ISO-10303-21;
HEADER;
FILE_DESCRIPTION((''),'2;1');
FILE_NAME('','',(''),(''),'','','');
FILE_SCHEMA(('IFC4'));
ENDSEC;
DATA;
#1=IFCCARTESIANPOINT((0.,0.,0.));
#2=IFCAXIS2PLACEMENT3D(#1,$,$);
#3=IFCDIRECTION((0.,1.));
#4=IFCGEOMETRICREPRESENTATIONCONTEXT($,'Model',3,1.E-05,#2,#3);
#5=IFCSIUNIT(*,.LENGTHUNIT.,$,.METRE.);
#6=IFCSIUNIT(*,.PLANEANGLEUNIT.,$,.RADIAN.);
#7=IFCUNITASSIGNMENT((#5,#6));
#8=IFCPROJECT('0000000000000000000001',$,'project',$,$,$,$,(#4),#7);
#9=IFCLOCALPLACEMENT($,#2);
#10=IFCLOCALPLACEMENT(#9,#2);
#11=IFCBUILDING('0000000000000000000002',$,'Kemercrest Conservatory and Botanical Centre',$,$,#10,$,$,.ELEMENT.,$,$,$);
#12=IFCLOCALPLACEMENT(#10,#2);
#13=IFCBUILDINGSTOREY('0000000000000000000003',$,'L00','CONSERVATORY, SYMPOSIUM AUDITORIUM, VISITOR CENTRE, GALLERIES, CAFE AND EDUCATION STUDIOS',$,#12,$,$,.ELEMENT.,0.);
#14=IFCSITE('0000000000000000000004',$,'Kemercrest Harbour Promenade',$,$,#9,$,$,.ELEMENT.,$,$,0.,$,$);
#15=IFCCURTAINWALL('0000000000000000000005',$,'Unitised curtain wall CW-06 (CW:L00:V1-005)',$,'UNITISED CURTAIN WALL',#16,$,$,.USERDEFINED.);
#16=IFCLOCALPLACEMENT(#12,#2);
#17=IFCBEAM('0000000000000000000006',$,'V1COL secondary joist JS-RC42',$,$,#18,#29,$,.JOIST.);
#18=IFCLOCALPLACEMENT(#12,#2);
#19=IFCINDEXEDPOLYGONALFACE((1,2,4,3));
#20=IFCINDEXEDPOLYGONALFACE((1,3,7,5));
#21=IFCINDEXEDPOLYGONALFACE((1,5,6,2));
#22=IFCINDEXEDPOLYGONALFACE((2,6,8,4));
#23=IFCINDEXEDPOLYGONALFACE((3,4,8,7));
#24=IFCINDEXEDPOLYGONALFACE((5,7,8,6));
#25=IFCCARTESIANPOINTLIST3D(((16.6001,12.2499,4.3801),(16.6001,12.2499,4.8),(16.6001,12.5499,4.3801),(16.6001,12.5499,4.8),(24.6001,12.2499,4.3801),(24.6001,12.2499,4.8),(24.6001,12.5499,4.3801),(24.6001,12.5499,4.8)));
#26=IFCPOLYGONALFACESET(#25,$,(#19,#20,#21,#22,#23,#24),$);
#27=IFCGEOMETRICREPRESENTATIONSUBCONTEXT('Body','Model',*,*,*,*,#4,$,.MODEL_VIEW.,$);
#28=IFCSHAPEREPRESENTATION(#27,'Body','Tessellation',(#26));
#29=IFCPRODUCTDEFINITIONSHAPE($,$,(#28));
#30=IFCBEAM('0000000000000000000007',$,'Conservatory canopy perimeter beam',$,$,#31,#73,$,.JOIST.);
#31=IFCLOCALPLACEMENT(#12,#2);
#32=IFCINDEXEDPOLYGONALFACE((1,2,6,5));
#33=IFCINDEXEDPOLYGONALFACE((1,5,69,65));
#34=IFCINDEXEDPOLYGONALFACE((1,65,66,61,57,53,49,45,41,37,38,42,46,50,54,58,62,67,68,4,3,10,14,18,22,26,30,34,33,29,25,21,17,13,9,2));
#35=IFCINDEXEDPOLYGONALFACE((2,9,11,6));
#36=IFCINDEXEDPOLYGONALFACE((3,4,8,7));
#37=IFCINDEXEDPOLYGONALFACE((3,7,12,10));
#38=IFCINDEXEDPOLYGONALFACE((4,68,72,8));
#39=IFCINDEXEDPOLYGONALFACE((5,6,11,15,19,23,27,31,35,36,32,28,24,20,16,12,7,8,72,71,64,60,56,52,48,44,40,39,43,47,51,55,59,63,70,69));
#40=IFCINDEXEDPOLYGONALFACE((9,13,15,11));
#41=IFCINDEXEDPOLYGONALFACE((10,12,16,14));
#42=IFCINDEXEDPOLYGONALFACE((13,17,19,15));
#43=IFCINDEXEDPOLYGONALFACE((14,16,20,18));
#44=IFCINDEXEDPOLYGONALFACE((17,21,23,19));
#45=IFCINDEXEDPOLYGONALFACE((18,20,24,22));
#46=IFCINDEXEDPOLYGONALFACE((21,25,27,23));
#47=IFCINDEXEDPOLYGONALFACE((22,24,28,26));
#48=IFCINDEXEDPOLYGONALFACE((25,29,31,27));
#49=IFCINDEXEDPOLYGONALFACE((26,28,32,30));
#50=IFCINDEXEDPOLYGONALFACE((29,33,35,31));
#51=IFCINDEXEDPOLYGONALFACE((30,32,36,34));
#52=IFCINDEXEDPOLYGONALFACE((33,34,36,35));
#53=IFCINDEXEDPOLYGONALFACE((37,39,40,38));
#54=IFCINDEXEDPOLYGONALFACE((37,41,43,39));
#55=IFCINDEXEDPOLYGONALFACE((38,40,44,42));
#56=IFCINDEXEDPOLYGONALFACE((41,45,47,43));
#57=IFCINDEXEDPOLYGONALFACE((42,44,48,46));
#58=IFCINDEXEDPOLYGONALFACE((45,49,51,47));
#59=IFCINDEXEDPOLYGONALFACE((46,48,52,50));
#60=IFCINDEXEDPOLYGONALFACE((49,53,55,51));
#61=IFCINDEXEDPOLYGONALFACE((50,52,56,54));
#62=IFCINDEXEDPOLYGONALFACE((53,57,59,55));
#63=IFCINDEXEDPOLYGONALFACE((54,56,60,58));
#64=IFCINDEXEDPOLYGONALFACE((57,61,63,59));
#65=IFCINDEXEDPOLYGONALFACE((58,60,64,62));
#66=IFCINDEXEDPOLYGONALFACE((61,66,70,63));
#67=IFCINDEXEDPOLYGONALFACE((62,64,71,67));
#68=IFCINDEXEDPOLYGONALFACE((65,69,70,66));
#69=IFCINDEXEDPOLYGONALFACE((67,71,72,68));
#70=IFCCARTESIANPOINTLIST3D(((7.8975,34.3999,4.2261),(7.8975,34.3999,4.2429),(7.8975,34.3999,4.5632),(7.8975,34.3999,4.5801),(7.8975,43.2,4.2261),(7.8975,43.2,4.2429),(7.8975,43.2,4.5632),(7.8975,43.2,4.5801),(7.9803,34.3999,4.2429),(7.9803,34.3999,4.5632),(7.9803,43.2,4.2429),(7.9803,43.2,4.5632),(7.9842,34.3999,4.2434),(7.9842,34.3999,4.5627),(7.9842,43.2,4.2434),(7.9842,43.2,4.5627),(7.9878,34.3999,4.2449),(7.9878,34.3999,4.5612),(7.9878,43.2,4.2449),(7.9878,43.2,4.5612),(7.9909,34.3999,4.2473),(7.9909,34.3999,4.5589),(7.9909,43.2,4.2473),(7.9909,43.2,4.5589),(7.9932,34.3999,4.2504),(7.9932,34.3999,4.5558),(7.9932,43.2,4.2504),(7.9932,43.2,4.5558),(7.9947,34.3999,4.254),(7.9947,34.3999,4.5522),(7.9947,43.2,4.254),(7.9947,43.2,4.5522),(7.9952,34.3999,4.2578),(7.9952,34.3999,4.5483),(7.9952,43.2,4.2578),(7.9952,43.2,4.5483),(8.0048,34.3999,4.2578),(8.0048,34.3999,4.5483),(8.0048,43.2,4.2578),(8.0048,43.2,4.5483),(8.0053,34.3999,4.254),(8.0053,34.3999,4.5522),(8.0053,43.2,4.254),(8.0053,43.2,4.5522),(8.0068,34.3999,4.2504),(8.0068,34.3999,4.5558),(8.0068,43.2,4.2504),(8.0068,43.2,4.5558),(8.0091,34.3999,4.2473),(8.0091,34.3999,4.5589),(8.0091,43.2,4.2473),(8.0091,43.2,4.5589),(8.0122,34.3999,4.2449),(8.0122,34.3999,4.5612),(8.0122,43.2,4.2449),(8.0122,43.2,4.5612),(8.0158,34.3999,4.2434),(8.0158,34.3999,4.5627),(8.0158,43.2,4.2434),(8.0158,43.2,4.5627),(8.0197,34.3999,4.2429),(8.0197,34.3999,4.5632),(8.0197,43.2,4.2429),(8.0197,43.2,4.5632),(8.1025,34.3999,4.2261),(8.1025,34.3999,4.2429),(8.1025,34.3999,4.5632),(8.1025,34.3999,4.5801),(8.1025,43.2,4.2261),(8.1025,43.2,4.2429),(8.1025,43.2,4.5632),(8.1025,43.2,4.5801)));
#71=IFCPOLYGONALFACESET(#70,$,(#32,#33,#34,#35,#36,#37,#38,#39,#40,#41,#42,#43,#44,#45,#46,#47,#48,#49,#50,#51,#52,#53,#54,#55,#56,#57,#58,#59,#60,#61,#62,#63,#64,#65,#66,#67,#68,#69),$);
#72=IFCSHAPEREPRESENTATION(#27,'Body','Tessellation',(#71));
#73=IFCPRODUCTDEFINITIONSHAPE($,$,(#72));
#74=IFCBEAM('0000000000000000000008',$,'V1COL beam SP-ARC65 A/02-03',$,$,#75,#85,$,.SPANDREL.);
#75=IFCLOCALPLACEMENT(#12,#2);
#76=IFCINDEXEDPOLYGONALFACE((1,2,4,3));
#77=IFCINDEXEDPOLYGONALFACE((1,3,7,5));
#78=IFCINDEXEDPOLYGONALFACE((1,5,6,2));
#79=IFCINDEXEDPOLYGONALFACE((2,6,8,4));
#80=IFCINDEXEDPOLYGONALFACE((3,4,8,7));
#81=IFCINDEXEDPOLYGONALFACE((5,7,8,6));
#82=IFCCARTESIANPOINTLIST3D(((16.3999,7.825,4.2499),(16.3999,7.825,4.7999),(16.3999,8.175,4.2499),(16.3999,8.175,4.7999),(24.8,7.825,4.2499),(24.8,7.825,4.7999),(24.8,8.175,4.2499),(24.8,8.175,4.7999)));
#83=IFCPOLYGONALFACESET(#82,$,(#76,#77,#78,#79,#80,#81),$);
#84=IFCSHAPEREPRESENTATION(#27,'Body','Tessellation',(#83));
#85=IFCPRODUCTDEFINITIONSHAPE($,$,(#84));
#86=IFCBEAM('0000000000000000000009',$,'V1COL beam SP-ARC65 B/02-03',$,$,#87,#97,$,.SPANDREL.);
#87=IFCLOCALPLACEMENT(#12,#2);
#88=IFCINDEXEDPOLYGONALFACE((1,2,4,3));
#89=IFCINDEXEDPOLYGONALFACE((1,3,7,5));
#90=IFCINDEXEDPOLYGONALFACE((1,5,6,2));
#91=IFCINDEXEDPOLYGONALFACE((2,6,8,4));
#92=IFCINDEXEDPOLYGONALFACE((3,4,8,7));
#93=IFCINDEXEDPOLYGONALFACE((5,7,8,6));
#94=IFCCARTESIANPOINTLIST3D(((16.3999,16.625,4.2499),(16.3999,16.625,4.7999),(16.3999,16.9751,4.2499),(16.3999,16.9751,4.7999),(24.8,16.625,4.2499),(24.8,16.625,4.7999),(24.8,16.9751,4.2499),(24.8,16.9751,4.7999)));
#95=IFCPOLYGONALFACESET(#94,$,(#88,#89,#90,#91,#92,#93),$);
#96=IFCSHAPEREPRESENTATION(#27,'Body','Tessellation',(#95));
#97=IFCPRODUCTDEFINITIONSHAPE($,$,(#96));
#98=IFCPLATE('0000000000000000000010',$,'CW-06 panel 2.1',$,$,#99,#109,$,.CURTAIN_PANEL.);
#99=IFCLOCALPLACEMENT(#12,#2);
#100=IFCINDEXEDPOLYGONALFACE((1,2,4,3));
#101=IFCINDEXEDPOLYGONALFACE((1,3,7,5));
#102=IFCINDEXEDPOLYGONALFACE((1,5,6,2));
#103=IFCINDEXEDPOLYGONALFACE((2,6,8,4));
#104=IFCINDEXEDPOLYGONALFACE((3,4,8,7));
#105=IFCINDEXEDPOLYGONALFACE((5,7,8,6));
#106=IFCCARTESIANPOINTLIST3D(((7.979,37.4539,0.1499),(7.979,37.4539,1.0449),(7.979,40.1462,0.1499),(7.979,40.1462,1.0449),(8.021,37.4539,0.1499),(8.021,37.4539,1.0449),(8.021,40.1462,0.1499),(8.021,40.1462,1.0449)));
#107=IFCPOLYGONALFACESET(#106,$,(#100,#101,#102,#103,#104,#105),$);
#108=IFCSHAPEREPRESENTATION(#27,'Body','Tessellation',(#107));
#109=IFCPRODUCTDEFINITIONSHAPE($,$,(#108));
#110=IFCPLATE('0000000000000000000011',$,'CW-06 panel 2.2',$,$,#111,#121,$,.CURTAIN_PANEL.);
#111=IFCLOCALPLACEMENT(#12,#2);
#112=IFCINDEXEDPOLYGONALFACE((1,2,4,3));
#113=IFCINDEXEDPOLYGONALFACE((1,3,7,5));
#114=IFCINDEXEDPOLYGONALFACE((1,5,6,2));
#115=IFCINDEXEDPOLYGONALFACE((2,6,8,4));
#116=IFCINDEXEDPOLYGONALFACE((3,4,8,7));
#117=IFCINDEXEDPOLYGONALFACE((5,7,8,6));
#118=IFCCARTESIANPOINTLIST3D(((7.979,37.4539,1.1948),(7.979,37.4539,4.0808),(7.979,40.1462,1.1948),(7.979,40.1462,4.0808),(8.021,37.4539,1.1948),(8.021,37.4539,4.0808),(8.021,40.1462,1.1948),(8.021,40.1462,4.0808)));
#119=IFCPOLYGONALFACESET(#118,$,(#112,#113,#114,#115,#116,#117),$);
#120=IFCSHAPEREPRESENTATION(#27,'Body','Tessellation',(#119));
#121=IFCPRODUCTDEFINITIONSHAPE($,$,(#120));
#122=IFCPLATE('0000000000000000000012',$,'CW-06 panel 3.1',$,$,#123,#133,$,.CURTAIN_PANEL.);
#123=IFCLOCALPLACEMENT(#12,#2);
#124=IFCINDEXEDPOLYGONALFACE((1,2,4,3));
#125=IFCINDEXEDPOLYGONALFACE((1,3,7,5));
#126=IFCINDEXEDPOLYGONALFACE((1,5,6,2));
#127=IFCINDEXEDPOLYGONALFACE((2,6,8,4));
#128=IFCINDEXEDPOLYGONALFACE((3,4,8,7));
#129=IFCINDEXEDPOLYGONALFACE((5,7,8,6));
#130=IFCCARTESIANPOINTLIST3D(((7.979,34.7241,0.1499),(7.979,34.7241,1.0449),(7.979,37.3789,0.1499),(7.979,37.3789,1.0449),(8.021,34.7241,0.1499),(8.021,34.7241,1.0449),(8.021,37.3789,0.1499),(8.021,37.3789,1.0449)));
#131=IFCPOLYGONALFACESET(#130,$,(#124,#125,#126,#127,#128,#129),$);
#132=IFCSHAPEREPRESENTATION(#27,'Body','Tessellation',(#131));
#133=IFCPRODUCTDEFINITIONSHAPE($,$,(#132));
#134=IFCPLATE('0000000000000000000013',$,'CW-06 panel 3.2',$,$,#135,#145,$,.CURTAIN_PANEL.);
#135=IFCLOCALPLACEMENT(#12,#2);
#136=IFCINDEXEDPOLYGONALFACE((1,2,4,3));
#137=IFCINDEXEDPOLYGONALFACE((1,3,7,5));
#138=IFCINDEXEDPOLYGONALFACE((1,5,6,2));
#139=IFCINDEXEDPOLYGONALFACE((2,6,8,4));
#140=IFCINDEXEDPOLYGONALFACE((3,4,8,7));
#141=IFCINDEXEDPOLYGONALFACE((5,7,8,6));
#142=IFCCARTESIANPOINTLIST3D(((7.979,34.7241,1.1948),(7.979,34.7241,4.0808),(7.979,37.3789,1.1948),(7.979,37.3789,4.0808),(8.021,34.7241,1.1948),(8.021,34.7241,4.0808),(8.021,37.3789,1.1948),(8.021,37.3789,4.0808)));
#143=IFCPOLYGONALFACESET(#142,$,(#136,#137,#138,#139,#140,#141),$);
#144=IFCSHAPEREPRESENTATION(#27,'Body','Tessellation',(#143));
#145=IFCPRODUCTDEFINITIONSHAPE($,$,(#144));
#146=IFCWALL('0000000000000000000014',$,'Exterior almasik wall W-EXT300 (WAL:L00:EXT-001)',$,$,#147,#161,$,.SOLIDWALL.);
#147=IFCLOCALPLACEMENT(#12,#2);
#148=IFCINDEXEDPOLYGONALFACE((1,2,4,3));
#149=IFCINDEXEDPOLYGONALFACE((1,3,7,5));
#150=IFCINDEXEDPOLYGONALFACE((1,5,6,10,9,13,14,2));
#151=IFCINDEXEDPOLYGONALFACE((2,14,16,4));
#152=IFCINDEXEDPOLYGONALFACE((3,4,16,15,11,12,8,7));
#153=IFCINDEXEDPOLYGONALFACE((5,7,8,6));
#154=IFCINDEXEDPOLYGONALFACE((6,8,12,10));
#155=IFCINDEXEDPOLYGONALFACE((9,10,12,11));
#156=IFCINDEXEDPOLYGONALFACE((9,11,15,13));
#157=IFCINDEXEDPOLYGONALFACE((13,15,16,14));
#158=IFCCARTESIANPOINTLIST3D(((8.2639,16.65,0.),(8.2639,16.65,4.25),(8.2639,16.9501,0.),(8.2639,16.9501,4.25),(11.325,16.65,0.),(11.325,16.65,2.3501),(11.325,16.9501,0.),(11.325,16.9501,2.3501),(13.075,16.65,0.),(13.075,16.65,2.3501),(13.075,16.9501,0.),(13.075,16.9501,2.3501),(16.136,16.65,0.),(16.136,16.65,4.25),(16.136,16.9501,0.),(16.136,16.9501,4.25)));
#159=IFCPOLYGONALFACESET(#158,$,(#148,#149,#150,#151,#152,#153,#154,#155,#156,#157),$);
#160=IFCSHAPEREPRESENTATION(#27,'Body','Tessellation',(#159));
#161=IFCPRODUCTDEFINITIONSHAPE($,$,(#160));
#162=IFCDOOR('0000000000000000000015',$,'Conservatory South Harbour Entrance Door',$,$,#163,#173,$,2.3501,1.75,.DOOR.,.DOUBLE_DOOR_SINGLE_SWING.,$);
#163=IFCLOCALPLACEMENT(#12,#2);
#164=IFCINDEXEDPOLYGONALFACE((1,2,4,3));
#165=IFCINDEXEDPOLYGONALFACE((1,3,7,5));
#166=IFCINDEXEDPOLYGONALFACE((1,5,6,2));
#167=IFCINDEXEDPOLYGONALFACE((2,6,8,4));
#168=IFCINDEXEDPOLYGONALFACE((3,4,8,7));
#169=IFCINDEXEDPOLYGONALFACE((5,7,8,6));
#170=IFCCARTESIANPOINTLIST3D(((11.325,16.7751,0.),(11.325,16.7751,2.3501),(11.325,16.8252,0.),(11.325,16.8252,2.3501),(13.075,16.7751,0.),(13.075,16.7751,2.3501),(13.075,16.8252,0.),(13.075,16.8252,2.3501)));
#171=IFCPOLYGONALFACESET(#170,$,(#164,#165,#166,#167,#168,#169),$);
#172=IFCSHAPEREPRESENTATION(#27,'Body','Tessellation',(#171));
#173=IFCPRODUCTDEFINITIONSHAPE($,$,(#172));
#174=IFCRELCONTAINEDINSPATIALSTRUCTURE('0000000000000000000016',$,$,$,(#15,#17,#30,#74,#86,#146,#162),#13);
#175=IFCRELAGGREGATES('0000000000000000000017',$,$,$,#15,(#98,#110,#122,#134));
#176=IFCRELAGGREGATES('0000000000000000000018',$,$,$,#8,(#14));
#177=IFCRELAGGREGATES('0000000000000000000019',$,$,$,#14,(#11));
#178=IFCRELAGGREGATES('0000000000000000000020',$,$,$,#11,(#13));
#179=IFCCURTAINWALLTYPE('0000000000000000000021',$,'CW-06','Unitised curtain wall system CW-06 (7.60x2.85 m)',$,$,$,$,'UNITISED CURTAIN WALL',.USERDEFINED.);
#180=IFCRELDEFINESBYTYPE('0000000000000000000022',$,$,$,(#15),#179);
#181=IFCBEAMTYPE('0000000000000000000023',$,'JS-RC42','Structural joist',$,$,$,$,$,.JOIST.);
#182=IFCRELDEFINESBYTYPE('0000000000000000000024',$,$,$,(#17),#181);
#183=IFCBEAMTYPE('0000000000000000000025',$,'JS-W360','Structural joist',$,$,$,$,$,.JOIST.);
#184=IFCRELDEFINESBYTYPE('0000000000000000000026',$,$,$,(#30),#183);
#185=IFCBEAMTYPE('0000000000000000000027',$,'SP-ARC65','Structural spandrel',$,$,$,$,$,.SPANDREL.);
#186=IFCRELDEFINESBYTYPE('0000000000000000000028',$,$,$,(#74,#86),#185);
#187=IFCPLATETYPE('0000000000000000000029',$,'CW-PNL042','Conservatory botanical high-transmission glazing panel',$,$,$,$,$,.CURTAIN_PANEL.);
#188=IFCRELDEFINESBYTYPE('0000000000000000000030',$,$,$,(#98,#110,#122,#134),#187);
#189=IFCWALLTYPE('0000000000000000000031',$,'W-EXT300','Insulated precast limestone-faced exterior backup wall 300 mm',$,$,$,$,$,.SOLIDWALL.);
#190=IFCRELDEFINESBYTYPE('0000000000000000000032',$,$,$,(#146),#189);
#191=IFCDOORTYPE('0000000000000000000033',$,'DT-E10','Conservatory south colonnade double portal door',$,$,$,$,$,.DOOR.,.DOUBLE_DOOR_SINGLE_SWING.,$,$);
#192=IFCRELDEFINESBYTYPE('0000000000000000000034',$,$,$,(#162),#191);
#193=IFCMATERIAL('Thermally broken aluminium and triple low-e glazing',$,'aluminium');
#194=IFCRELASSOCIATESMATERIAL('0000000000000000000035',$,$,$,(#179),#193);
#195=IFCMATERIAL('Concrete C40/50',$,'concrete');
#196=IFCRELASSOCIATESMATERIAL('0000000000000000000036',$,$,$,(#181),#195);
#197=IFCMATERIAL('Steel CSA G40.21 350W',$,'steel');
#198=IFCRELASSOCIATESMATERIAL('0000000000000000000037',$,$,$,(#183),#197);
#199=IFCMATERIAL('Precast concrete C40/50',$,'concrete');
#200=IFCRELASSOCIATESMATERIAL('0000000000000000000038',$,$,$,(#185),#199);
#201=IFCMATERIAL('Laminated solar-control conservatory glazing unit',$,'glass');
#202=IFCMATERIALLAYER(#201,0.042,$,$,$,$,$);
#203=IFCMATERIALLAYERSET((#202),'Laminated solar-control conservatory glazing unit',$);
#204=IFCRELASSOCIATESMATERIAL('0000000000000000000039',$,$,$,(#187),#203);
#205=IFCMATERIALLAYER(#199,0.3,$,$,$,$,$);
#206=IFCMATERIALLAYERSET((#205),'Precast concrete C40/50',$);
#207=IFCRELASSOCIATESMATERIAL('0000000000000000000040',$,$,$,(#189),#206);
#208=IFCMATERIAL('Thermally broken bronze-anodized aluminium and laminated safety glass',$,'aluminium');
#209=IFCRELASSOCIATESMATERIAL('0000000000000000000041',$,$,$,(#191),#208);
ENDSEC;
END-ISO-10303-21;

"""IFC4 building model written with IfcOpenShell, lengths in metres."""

from ifc_helpers import new_model, si_unit, direction, frame, frame_2d, origin, origin_2d, place, context, subcontext, project, spatial, rectangle, i_section, extrude, material, layer, layer_set, material_profile, profile_set, type_object, element, fill, aggregate, save


model = new_model("IFC4")

# Units and contexts
model_context = context("Model", 3, precision=1e-05, world=origin(), true_north=direction((0.0, 1.0)))
body_context = subcontext(model_context, "Body", "Model", "MODEL_VIEW")
ifc_project = project(units=[si_unit("LENGTHUNIT", "METRE"), si_unit("PLANEANGLEUNIT", "RADIAN")], contexts=[model_context])

# Site, building, storey
site_placement = place(None, origin())
site = spatial("IfcSite", under=ifc_project, at=site_placement, Name="Kemercrest Harbour Promenade", CompositionType="ELEMENT", RefElevation=0.0)
building_placement = place(site_placement, origin())
building = spatial("IfcBuilding", under=site, at=building_placement, Name="Kemercrest Conservatory and Botanical Centre", CompositionType="ELEMENT")
storey_placement = place(building_placement, origin())
storey = spatial("IfcBuildingStorey", under=building, at=storey_placement, Name="L00", Description="CONSERVATORY, SYMPOSIUM AUDITORIUM, VISITOR CENTRE, GALLERIES, CAFE AND EDUCATION STUDIOS", CompositionType="ELEMENT", Elevation=0.0)

# Shared definitions
ifc_material_1 = material(Name="Steel CSA G40.21 350W", Category="steel")
ifc_material_2 = material(Name="Precast concrete C40/50", Category="concrete")

# Shared definitions
ifc_material_3 = material(Name="Concrete C40/50", Category="concrete")

# Curtain wall
ifc_material_4 = material(Name="Thermally broken aluminium and triple low-e glazing", Category="aluminium")
curtain_wall_type_1 = type_object("IfcCurtainWallType", Name="CW-06", Description="Unitised curtain wall system CW-06 (7.60x2.85 m)", ElementType="UNITISED CURTAIN WALL", PredefinedType="USERDEFINED", material=ifc_material_4)
curtain_wall_1_placement = place(storey_placement, origin())
curtain_wall_1 = element("IfcCurtainWall", 1, at=curtain_wall_1_placement, inside=storey, type_object=curtain_wall_type_1, Name="Unitised curtain wall CW-06 (CW:L00:V1-005)", ObjectType="UNITISED CURTAIN WALL", PredefinedType="USERDEFINED")

# Beams
ifc_material_profile_1 = material_profile(ifc_material_3, rectangle(XDim=0.3, YDim=0.4199, at=origin_2d()), Name="RC 300x420")
ifc_profile_set_1 = profile_set([ifc_material_profile_1], Name="Concrete C40/50")
beam_type_1 = type_object("IfcBeamType", Name="JS-RC42", Description="Structural joist", PredefinedType="JOIST", material=ifc_profile_set_1)
beam_1_placement = place(storey_placement, frame((16.6001, 12.3999, 4.5901), z_axis=(1.0, 0.0, 0.0), x_axis=(0.0, 1.0, 0.0)))
element("IfcBeam", 2, at=beam_1_placement, inside=storey, type_object=beam_type_1, Name="V1COL secondary joist JS-RC42", PredefinedType="JOIST", context=body_context, shape_type="SweptSolid", body=[
    extrude(rectangle(XDim=0.3, YDim=0.4199, at=origin_2d()), origin(), (0.0, 0.0, 1.0), 8.0),
])
ifc_material_profile_2 = material_profile(ifc_material_1, i_section(OverallWidth=0.2051, OverallDepth=0.354, WebThickness=0.0095, FlangeThickness=0.0168, FilletRadius=0.0149, at=origin_2d()), Name="W360X79")
ifc_profile_set_2 = profile_set([ifc_material_profile_2], Name="Steel CSA G40.21 350W")
beam_type_2 = type_object("IfcBeamType", Name="JS-W360", Description="Structural joist", PredefinedType="JOIST", material=ifc_profile_set_2)
beam_2_placement = place(storey_placement, frame((8.0, 34.3999, 4.4031), z_axis=(0.0, 1.0, 0.0), x_axis=(-1.0, 0.0, 0.0)))
element("IfcBeam", 3, at=beam_2_placement, inside=storey, type_object=beam_type_2, Name="Conservatory canopy perimeter beam", PredefinedType="JOIST", context=body_context, shape_type="SweptSolid", body=[
    extrude(i_section(OverallWidth=0.2051, OverallDepth=0.354, WebThickness=0.0095, FlangeThickness=0.0168, FilletRadius=0.0149, at=origin_2d()), origin(), (0.0, 0.0, 1.0), 8.8),
])
ifc_material_profile_3 = material_profile(ifc_material_2, rectangle(XDim=0.3501, YDim=0.55, at=origin_2d()), Name="RC 350x550")
ifc_profile_set_3 = profile_set([ifc_material_profile_3], Name="Precast concrete C40/50")
beam_type_3 = type_object("IfcBeamType", Name="SP-ARC65", Description="Structural spandrel", PredefinedType="SPANDREL", material=ifc_profile_set_3)
for number, where, z_axis, x_axis, name in (
    (4, (16.3999, 8.0, 4.5249), (1.0, 0.0, 0.0), (0.0, 1.0, 0.0), "V1COL beam SP-ARC65 A/02-03"),
    (5, (16.3999, 16.8, 4.5249), (1.0, 0.0, 0.0), (0.0, 1.0, 0.0), "V1COL beam SP-ARC65 B/02-03"),
):
    element("IfcBeam", number, at=place(storey_placement, frame(where, z_axis=z_axis, x_axis=x_axis)), inside=storey, type_object=beam_type_3, Name=name, PredefinedType="SPANDREL", context=body_context, shape_type="SweptSolid", body=[
        extrude(rectangle(XDim=0.3501, YDim=0.55, at=origin_2d()), origin(), (0.0, 0.0, 1.0), 8.4001),
    ])

# Plates
ifc_material_5 = material(Name="Laminated solar-control conservatory glazing unit", Category="glass")
ifc_layer_1 = layer(ifc_material_5, 0.042)
ifc_layer_set_1 = layer_set([ifc_layer_1], Name="Laminated solar-control conservatory glazing unit")
plate_type = type_object("IfcPlateType", Name="CW-PNL042", Description="Conservatory botanical high-transmission glazing panel", PredefinedType="CURTAIN_PANEL", material=ifc_layer_set_1)
plate_1_placement = place(storey_placement, frame((8.0, 38.8, 0.1499), z_axis=(0.0, 0.0, 1.0), x_axis=(0.0, -1.0, 0.0)))
plate_1 = element("IfcPlate", 6, at=plate_1_placement, type_object=plate_type, Name="CW-06 panel 2.1", PredefinedType="CURTAIN_PANEL", context=body_context, shape_type="SweptSolid", body=[
    extrude(rectangle(XDim=2.6924, YDim=0.042, at=origin_2d()), origin(), (0.0, 0.0, 1.0), 0.895),
])
plate_2_placement = place(storey_placement, frame((8.0, 38.8, 1.1948), z_axis=(0.0, 0.0, 1.0), x_axis=(0.0, -1.0, 0.0)))
plate_2 = element("IfcPlate", 7, at=plate_2_placement, type_object=plate_type, Name="CW-06 panel 2.2", PredefinedType="CURTAIN_PANEL", context=body_context, shape_type="SweptSolid", body=[
    extrude(rectangle(XDim=2.6924, YDim=0.042, at=origin_2d()), origin(), (0.0, 0.0, 1.0), 2.886),
])
plate_3_placement = place(storey_placement, frame((8.0, 36.0515, 0.1499), z_axis=(0.0, 0.0, 1.0), x_axis=(0.0, -1.0, 0.0)))
plate_3 = element("IfcPlate", 8, at=plate_3_placement, type_object=plate_type, Name="CW-06 panel 3.1", PredefinedType="CURTAIN_PANEL", context=body_context, shape_type="SweptSolid", body=[
    extrude(rectangle(XDim=2.6548, YDim=0.042, at=origin_2d()), origin(), (0.0, 0.0, 1.0), 0.895),
])
plate_4_placement = place(storey_placement, frame((8.0, 36.0515, 1.1948), z_axis=(0.0, 0.0, 1.0), x_axis=(0.0, -1.0, 0.0)))
plate_4 = element("IfcPlate", 9, at=plate_4_placement, type_object=plate_type, Name="CW-06 panel 3.2", PredefinedType="CURTAIN_PANEL", context=body_context, shape_type="SweptSolid", body=[
    extrude(rectangle(XDim=2.6548, YDim=0.042, at=origin_2d()), origin(), (0.0, 0.0, 1.0), 2.886),
])
aggregate(curtain_wall_1, [plate_1, plate_2, plate_3, plate_4])

# Wall, opening, door
ifc_layer_2 = layer(ifc_material_2, 0.3)
ifc_layer_set_2 = layer_set([ifc_layer_2], Name="Precast concrete C40/50")
wall_type = type_object("IfcWallType", Name="W-EXT300", Description="Insulated precast limestone-faced exterior backup wall 300 mm", PredefinedType="SOLIDWALL", material=ifc_layer_set_2)
wall_1_placement = place(storey_placement, frame((8.2639, 16.8, 0.0), z_axis=(0.0, 0.0, 1.0), x_axis=(1.0, 0.0, 0.0)))
wall_1 = element("IfcWall", 10, at=wall_1_placement, inside=storey, type_object=wall_type, Name="Exterior almasik wall W-EXT300 (WAL:L00:EXT-001)", PredefinedType="SOLIDWALL", context=body_context, shape_type="SweptSolid", body=[
    extrude(rectangle(XDim=7.8721, YDim=0.3, at=frame_2d((3.936, 0.0))), origin(), (0.0, 0.0, 1.0), 4.25),
])
opening_1_placement = place(wall_1_placement, frame((3.061, 0.0, 0.0)))
opening_1 = element("IfcOpeningElement", 11, at=opening_1_placement, cuts=wall_1, PredefinedType="OPENING", context=body_context, shape_type="SweptSolid", body=[
    extrude(rectangle(XDim=1.75, YDim=2.3501, at=frame_2d((0.875, 1.175))), frame((0.0, 0.1602, 0.0), z_axis=(0.0, -1.0, 0.0), x_axis=(1.0, 0.0, 0.0)), (0.0, 0.0, 1.0), 0.3201),
])
ifc_material_6 = material(Name="Thermally broken bronze-anodized aluminium and laminated safety glass", Category="aluminium")
door_type = type_object("IfcDoorType", Name="DT-E10", Description="Conservatory south colonnade double portal door", OperationType="DOUBLE_DOOR_SINGLE_SWING", PredefinedType="DOOR", material=ifc_material_6)
door_1_placement = place(opening_1_placement, frame((1.75, 0.0, 0.0), z_axis=(0.0, 0.0, 1.0), x_axis=(-1.0, 0.0, 0.0)))
door_1 = element("IfcDoor", 12, at=door_1_placement, inside=storey, type_object=door_type, Name="Conservatory South Harbour Entrance Door", OperationType="DOUBLE_DOOR_SINGLE_SWING", OverallHeight=2.3501, OverallWidth=1.75, PredefinedType="DOOR", context=body_context, shape_type="SweptSolid", body=[
    extrude(rectangle(XDim=1.75, YDim=2.3501, at=frame_2d((0.875, 1.175))), frame((0.0, 0.0249, 0.0), z_axis=(0.0, -1.0, 0.0), x_axis=(1.0, 0.0, 0.0)), (0.0, 0.0, 1.0), 0.05),
])
fill(opening_1, door_1)

save(model, "model.ifc")
